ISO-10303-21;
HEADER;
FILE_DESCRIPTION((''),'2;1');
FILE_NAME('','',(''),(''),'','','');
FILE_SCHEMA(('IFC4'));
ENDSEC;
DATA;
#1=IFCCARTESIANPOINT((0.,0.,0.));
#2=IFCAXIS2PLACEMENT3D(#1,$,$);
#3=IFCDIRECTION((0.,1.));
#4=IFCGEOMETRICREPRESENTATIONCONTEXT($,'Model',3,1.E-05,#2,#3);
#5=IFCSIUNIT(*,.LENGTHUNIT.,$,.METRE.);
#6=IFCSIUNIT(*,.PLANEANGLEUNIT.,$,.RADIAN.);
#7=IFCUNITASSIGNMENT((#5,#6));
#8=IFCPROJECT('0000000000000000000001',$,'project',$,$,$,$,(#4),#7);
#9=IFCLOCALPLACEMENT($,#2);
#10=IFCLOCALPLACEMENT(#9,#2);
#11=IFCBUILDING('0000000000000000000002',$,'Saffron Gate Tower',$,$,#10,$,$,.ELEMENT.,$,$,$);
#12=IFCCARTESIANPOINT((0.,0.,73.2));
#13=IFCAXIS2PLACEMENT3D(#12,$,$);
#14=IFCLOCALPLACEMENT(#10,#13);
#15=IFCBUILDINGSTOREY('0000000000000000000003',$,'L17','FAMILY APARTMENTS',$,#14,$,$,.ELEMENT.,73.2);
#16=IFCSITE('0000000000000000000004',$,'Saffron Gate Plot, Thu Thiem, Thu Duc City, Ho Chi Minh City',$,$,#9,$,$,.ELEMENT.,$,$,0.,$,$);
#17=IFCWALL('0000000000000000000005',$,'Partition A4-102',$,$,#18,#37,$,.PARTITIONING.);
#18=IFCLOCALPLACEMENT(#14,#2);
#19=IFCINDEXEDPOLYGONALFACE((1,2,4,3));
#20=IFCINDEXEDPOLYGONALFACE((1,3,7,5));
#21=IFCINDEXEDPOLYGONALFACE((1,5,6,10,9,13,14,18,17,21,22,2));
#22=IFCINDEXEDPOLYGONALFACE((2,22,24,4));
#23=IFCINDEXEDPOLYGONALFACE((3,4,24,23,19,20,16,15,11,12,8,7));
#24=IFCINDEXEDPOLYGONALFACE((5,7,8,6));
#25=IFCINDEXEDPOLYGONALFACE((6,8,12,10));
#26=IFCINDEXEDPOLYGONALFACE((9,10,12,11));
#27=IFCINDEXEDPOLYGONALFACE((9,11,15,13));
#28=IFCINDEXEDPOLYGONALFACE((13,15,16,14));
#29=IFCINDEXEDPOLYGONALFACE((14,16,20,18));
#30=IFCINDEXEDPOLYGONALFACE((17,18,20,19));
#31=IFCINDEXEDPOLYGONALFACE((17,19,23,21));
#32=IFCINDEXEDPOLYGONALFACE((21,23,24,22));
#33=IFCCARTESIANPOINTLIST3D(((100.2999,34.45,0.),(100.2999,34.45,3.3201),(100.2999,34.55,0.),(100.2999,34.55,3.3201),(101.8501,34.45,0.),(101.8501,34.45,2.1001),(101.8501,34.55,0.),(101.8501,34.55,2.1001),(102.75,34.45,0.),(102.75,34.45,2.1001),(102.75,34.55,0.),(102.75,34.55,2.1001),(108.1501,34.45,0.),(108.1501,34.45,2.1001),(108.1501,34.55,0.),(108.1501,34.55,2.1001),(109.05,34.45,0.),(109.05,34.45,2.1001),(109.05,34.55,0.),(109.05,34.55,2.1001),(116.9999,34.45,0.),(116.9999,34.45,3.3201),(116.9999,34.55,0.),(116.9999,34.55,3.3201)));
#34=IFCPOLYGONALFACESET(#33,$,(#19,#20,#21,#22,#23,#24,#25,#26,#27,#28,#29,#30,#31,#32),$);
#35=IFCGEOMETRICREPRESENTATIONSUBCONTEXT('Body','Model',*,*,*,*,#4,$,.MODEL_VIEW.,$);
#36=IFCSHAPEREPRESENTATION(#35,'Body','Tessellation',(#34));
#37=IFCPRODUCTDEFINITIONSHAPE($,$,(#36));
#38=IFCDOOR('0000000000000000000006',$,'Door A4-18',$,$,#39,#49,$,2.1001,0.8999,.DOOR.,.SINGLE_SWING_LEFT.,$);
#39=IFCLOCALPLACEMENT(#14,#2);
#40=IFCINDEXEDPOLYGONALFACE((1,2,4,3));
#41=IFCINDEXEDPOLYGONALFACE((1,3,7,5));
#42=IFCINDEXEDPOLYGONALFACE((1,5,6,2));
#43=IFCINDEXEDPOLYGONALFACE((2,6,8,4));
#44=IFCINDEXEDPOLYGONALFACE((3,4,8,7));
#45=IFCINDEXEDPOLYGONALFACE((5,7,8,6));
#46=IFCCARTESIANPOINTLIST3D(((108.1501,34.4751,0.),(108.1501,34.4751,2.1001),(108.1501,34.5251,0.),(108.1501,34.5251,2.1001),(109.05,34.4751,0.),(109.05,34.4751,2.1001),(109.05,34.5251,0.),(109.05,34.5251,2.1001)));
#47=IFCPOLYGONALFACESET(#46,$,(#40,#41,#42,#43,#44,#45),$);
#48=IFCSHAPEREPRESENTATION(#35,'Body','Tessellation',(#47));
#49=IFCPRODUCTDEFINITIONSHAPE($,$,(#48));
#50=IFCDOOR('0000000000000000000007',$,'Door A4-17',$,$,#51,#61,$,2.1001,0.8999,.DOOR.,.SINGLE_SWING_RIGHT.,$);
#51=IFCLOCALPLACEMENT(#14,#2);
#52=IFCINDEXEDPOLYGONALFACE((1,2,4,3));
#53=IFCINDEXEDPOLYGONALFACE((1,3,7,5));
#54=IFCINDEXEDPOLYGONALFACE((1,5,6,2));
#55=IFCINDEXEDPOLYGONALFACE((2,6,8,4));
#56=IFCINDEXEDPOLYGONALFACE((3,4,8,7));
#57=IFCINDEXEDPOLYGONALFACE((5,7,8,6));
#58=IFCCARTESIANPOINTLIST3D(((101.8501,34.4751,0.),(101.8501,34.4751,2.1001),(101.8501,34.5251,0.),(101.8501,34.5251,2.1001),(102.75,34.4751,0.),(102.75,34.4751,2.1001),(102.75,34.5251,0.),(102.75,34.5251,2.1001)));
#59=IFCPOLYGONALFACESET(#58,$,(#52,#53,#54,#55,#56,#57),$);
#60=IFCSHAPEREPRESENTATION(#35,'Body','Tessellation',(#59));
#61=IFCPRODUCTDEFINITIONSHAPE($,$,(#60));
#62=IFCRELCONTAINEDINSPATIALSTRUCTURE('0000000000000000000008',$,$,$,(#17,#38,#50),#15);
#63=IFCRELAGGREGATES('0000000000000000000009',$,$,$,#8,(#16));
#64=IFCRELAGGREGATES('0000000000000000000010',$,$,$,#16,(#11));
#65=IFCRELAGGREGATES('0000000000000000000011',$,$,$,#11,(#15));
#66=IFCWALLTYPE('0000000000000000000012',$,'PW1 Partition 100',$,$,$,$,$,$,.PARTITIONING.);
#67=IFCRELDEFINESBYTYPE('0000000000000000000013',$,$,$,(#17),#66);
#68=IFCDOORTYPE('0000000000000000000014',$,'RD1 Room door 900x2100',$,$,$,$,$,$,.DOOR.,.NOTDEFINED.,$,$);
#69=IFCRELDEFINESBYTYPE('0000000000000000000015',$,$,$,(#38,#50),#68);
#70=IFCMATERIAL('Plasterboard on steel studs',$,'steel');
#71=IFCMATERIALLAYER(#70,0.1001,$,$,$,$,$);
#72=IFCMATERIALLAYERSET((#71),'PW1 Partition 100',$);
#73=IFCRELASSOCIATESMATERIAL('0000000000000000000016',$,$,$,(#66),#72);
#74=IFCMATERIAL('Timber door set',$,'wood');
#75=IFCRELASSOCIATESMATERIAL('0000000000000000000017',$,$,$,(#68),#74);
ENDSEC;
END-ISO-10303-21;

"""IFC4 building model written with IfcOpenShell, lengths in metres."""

from ifc_helpers import new_model, si_unit, direction, frame, frame_2d, origin, place, context, subcontext, project, spatial, rectangle, extrude, material, layer, layer_set, type_object, element, fill, save


model = new_model("IFC4")

# Units and contexts
model_context = context("Model", 3, precision=1e-05, world=origin(), true_north=direction((0.0, 1.0)))
body_context = subcontext(model_context, "Body", "Model", "MODEL_VIEW")
ifc_project = project(units=[si_unit("LENGTHUNIT", "METRE"), si_unit("PLANEANGLEUNIT", "RADIAN")], contexts=[model_context])

# Site, building, storey
site_placement = place(None, origin())
site = spatial("IfcSite", under=ifc_project, at=site_placement, Name="Saffron Gate Plot, Thu Thiem, Thu Duc City, Ho Chi Minh City", CompositionType="ELEMENT", RefElevation=0.0)
building_placement = place(site_placement, origin())
building = spatial("IfcBuilding", under=site, at=building_placement, Name="Saffron Gate Tower", CompositionType="ELEMENT")
storey_placement = place(building_placement, frame((0.0, 0.0, 73.2)))
storey = spatial("IfcBuildingStorey", under=building, at=storey_placement, Name="L17", Description="FAMILY APARTMENTS", CompositionType="ELEMENT", Elevation=73.2)

# Shared definitions
ifc_material_1 = material(Name="Plasterboard on steel studs", Category="steel")
ifc_layer_1 = layer(ifc_material_1, 0.1001)
ifc_layer_set_1 = layer_set([ifc_layer_1], Name="PW1 Partition 100")
wall_type = type_object("IfcWallType", Name="PW1 Partition 100", PredefinedType="PARTITIONING", material=ifc_layer_set_1)

# Shared definitions
ifc_material_2 = material(Name="Timber door set", Category="wood")
door_type = type_object("IfcDoorType", Name="RD1 Room door 900x2100", OperationType="NOTDEFINED", PredefinedType="DOOR", material=ifc_material_2)

# Wall, openings, doors
wall_1_placement = place(storey_placement, frame((117.0, 34.5, 0.0), z_axis=(0.0, 0.0, 1.0), x_axis=(-1.0, 0.0, 0.0)))
wall_1 = element("IfcWall", 1, at=wall_1_placement, inside=storey, type_object=wall_type, Name="Partition A4-102", PredefinedType="PARTITIONING", context=body_context, shape_type="SweptSolid", body=[
    extrude(rectangle(XDim=16.7, YDim=0.1001, at=frame_2d((8.3501, 0.0))), origin(), (0.0, 0.0, 1.0), 3.3201),
])
opening_1_placement = place(wall_1_placement, frame((7.95, 0.0, 0.0)))
opening_1 = element("IfcOpeningElement", 2, at=opening_1_placement, cuts=wall_1, PredefinedType="OPENING", context=body_context, shape_type="SweptSolid", body=[
    extrude(rectangle(XDim=0.8999, YDim=2.1001, at=frame_2d((0.45, 1.05))), frame((0.0, 0.0601, 0.0), z_axis=(0.0, -1.0, 0.0), x_axis=(1.0, 0.0, 0.0)), (0.0, 0.0, 1.0), 0.1201),
])
opening_2_placement = place(wall_1_placement, frame((14.25, 0.0, 0.0)))
opening_2 = element("IfcOpeningElement", 3, at=opening_2_placement, cuts=wall_1, PredefinedType="OPENING", context=body_context, shape_type="SweptSolid", body=[
    extrude(rectangle(XDim=0.8999, YDim=2.1001, at=frame_2d((0.45, 1.05))), frame((0.0, 0.0601, 0.0), z_axis=(0.0, -1.0, 0.0), x_axis=(1.0, 0.0, 0.0)), (0.0, 0.0, 1.0), 0.1201),
])
door_1_placement = place(opening_1_placement, origin())
door_1 = element("IfcDoor", 4, at=door_1_placement, inside=storey, type_object=door_type, Name="Door A4-18", OperationType="SINGLE_SWING_LEFT", OverallHeight=2.1001, OverallWidth=0.8999, PredefinedType="DOOR", context=body_context, shape_type="SweptSolid", body=[
    extrude(rectangle(XDim=0.8999, YDim=2.1001, at=frame_2d((0.45, 1.05))), frame((0.0, 0.0249, 0.0), z_axis=(0.0, -1.0, 0.0), x_axis=(1.0, 0.0, 0.0)), (0.0, 0.0, 1.0), 0.05),
])
fill(opening_1, door_1)
door_2_placement = place(opening_2_placement, origin())
door_2 = element("IfcDoor", 5, at=door_2_placement, inside=storey, type_object=door_type, Name="Door A4-17", OperationType="SINGLE_SWING_RIGHT", OverallHeight=2.1001, OverallWidth=0.8999, PredefinedType="DOOR", context=body_context, shape_type="SweptSolid", body=[
    extrude(rectangle(XDim=0.8999, YDim=2.1001, at=frame_2d((0.45, 1.05))), frame((0.0, 0.0249, 0.0), z_axis=(0.0, -1.0, 0.0), x_axis=(1.0, 0.0, 0.0)), (0.0, 0.0, 1.0), 0.05),
])
fill(opening_2, door_2)

save(model, "model.ifc")
